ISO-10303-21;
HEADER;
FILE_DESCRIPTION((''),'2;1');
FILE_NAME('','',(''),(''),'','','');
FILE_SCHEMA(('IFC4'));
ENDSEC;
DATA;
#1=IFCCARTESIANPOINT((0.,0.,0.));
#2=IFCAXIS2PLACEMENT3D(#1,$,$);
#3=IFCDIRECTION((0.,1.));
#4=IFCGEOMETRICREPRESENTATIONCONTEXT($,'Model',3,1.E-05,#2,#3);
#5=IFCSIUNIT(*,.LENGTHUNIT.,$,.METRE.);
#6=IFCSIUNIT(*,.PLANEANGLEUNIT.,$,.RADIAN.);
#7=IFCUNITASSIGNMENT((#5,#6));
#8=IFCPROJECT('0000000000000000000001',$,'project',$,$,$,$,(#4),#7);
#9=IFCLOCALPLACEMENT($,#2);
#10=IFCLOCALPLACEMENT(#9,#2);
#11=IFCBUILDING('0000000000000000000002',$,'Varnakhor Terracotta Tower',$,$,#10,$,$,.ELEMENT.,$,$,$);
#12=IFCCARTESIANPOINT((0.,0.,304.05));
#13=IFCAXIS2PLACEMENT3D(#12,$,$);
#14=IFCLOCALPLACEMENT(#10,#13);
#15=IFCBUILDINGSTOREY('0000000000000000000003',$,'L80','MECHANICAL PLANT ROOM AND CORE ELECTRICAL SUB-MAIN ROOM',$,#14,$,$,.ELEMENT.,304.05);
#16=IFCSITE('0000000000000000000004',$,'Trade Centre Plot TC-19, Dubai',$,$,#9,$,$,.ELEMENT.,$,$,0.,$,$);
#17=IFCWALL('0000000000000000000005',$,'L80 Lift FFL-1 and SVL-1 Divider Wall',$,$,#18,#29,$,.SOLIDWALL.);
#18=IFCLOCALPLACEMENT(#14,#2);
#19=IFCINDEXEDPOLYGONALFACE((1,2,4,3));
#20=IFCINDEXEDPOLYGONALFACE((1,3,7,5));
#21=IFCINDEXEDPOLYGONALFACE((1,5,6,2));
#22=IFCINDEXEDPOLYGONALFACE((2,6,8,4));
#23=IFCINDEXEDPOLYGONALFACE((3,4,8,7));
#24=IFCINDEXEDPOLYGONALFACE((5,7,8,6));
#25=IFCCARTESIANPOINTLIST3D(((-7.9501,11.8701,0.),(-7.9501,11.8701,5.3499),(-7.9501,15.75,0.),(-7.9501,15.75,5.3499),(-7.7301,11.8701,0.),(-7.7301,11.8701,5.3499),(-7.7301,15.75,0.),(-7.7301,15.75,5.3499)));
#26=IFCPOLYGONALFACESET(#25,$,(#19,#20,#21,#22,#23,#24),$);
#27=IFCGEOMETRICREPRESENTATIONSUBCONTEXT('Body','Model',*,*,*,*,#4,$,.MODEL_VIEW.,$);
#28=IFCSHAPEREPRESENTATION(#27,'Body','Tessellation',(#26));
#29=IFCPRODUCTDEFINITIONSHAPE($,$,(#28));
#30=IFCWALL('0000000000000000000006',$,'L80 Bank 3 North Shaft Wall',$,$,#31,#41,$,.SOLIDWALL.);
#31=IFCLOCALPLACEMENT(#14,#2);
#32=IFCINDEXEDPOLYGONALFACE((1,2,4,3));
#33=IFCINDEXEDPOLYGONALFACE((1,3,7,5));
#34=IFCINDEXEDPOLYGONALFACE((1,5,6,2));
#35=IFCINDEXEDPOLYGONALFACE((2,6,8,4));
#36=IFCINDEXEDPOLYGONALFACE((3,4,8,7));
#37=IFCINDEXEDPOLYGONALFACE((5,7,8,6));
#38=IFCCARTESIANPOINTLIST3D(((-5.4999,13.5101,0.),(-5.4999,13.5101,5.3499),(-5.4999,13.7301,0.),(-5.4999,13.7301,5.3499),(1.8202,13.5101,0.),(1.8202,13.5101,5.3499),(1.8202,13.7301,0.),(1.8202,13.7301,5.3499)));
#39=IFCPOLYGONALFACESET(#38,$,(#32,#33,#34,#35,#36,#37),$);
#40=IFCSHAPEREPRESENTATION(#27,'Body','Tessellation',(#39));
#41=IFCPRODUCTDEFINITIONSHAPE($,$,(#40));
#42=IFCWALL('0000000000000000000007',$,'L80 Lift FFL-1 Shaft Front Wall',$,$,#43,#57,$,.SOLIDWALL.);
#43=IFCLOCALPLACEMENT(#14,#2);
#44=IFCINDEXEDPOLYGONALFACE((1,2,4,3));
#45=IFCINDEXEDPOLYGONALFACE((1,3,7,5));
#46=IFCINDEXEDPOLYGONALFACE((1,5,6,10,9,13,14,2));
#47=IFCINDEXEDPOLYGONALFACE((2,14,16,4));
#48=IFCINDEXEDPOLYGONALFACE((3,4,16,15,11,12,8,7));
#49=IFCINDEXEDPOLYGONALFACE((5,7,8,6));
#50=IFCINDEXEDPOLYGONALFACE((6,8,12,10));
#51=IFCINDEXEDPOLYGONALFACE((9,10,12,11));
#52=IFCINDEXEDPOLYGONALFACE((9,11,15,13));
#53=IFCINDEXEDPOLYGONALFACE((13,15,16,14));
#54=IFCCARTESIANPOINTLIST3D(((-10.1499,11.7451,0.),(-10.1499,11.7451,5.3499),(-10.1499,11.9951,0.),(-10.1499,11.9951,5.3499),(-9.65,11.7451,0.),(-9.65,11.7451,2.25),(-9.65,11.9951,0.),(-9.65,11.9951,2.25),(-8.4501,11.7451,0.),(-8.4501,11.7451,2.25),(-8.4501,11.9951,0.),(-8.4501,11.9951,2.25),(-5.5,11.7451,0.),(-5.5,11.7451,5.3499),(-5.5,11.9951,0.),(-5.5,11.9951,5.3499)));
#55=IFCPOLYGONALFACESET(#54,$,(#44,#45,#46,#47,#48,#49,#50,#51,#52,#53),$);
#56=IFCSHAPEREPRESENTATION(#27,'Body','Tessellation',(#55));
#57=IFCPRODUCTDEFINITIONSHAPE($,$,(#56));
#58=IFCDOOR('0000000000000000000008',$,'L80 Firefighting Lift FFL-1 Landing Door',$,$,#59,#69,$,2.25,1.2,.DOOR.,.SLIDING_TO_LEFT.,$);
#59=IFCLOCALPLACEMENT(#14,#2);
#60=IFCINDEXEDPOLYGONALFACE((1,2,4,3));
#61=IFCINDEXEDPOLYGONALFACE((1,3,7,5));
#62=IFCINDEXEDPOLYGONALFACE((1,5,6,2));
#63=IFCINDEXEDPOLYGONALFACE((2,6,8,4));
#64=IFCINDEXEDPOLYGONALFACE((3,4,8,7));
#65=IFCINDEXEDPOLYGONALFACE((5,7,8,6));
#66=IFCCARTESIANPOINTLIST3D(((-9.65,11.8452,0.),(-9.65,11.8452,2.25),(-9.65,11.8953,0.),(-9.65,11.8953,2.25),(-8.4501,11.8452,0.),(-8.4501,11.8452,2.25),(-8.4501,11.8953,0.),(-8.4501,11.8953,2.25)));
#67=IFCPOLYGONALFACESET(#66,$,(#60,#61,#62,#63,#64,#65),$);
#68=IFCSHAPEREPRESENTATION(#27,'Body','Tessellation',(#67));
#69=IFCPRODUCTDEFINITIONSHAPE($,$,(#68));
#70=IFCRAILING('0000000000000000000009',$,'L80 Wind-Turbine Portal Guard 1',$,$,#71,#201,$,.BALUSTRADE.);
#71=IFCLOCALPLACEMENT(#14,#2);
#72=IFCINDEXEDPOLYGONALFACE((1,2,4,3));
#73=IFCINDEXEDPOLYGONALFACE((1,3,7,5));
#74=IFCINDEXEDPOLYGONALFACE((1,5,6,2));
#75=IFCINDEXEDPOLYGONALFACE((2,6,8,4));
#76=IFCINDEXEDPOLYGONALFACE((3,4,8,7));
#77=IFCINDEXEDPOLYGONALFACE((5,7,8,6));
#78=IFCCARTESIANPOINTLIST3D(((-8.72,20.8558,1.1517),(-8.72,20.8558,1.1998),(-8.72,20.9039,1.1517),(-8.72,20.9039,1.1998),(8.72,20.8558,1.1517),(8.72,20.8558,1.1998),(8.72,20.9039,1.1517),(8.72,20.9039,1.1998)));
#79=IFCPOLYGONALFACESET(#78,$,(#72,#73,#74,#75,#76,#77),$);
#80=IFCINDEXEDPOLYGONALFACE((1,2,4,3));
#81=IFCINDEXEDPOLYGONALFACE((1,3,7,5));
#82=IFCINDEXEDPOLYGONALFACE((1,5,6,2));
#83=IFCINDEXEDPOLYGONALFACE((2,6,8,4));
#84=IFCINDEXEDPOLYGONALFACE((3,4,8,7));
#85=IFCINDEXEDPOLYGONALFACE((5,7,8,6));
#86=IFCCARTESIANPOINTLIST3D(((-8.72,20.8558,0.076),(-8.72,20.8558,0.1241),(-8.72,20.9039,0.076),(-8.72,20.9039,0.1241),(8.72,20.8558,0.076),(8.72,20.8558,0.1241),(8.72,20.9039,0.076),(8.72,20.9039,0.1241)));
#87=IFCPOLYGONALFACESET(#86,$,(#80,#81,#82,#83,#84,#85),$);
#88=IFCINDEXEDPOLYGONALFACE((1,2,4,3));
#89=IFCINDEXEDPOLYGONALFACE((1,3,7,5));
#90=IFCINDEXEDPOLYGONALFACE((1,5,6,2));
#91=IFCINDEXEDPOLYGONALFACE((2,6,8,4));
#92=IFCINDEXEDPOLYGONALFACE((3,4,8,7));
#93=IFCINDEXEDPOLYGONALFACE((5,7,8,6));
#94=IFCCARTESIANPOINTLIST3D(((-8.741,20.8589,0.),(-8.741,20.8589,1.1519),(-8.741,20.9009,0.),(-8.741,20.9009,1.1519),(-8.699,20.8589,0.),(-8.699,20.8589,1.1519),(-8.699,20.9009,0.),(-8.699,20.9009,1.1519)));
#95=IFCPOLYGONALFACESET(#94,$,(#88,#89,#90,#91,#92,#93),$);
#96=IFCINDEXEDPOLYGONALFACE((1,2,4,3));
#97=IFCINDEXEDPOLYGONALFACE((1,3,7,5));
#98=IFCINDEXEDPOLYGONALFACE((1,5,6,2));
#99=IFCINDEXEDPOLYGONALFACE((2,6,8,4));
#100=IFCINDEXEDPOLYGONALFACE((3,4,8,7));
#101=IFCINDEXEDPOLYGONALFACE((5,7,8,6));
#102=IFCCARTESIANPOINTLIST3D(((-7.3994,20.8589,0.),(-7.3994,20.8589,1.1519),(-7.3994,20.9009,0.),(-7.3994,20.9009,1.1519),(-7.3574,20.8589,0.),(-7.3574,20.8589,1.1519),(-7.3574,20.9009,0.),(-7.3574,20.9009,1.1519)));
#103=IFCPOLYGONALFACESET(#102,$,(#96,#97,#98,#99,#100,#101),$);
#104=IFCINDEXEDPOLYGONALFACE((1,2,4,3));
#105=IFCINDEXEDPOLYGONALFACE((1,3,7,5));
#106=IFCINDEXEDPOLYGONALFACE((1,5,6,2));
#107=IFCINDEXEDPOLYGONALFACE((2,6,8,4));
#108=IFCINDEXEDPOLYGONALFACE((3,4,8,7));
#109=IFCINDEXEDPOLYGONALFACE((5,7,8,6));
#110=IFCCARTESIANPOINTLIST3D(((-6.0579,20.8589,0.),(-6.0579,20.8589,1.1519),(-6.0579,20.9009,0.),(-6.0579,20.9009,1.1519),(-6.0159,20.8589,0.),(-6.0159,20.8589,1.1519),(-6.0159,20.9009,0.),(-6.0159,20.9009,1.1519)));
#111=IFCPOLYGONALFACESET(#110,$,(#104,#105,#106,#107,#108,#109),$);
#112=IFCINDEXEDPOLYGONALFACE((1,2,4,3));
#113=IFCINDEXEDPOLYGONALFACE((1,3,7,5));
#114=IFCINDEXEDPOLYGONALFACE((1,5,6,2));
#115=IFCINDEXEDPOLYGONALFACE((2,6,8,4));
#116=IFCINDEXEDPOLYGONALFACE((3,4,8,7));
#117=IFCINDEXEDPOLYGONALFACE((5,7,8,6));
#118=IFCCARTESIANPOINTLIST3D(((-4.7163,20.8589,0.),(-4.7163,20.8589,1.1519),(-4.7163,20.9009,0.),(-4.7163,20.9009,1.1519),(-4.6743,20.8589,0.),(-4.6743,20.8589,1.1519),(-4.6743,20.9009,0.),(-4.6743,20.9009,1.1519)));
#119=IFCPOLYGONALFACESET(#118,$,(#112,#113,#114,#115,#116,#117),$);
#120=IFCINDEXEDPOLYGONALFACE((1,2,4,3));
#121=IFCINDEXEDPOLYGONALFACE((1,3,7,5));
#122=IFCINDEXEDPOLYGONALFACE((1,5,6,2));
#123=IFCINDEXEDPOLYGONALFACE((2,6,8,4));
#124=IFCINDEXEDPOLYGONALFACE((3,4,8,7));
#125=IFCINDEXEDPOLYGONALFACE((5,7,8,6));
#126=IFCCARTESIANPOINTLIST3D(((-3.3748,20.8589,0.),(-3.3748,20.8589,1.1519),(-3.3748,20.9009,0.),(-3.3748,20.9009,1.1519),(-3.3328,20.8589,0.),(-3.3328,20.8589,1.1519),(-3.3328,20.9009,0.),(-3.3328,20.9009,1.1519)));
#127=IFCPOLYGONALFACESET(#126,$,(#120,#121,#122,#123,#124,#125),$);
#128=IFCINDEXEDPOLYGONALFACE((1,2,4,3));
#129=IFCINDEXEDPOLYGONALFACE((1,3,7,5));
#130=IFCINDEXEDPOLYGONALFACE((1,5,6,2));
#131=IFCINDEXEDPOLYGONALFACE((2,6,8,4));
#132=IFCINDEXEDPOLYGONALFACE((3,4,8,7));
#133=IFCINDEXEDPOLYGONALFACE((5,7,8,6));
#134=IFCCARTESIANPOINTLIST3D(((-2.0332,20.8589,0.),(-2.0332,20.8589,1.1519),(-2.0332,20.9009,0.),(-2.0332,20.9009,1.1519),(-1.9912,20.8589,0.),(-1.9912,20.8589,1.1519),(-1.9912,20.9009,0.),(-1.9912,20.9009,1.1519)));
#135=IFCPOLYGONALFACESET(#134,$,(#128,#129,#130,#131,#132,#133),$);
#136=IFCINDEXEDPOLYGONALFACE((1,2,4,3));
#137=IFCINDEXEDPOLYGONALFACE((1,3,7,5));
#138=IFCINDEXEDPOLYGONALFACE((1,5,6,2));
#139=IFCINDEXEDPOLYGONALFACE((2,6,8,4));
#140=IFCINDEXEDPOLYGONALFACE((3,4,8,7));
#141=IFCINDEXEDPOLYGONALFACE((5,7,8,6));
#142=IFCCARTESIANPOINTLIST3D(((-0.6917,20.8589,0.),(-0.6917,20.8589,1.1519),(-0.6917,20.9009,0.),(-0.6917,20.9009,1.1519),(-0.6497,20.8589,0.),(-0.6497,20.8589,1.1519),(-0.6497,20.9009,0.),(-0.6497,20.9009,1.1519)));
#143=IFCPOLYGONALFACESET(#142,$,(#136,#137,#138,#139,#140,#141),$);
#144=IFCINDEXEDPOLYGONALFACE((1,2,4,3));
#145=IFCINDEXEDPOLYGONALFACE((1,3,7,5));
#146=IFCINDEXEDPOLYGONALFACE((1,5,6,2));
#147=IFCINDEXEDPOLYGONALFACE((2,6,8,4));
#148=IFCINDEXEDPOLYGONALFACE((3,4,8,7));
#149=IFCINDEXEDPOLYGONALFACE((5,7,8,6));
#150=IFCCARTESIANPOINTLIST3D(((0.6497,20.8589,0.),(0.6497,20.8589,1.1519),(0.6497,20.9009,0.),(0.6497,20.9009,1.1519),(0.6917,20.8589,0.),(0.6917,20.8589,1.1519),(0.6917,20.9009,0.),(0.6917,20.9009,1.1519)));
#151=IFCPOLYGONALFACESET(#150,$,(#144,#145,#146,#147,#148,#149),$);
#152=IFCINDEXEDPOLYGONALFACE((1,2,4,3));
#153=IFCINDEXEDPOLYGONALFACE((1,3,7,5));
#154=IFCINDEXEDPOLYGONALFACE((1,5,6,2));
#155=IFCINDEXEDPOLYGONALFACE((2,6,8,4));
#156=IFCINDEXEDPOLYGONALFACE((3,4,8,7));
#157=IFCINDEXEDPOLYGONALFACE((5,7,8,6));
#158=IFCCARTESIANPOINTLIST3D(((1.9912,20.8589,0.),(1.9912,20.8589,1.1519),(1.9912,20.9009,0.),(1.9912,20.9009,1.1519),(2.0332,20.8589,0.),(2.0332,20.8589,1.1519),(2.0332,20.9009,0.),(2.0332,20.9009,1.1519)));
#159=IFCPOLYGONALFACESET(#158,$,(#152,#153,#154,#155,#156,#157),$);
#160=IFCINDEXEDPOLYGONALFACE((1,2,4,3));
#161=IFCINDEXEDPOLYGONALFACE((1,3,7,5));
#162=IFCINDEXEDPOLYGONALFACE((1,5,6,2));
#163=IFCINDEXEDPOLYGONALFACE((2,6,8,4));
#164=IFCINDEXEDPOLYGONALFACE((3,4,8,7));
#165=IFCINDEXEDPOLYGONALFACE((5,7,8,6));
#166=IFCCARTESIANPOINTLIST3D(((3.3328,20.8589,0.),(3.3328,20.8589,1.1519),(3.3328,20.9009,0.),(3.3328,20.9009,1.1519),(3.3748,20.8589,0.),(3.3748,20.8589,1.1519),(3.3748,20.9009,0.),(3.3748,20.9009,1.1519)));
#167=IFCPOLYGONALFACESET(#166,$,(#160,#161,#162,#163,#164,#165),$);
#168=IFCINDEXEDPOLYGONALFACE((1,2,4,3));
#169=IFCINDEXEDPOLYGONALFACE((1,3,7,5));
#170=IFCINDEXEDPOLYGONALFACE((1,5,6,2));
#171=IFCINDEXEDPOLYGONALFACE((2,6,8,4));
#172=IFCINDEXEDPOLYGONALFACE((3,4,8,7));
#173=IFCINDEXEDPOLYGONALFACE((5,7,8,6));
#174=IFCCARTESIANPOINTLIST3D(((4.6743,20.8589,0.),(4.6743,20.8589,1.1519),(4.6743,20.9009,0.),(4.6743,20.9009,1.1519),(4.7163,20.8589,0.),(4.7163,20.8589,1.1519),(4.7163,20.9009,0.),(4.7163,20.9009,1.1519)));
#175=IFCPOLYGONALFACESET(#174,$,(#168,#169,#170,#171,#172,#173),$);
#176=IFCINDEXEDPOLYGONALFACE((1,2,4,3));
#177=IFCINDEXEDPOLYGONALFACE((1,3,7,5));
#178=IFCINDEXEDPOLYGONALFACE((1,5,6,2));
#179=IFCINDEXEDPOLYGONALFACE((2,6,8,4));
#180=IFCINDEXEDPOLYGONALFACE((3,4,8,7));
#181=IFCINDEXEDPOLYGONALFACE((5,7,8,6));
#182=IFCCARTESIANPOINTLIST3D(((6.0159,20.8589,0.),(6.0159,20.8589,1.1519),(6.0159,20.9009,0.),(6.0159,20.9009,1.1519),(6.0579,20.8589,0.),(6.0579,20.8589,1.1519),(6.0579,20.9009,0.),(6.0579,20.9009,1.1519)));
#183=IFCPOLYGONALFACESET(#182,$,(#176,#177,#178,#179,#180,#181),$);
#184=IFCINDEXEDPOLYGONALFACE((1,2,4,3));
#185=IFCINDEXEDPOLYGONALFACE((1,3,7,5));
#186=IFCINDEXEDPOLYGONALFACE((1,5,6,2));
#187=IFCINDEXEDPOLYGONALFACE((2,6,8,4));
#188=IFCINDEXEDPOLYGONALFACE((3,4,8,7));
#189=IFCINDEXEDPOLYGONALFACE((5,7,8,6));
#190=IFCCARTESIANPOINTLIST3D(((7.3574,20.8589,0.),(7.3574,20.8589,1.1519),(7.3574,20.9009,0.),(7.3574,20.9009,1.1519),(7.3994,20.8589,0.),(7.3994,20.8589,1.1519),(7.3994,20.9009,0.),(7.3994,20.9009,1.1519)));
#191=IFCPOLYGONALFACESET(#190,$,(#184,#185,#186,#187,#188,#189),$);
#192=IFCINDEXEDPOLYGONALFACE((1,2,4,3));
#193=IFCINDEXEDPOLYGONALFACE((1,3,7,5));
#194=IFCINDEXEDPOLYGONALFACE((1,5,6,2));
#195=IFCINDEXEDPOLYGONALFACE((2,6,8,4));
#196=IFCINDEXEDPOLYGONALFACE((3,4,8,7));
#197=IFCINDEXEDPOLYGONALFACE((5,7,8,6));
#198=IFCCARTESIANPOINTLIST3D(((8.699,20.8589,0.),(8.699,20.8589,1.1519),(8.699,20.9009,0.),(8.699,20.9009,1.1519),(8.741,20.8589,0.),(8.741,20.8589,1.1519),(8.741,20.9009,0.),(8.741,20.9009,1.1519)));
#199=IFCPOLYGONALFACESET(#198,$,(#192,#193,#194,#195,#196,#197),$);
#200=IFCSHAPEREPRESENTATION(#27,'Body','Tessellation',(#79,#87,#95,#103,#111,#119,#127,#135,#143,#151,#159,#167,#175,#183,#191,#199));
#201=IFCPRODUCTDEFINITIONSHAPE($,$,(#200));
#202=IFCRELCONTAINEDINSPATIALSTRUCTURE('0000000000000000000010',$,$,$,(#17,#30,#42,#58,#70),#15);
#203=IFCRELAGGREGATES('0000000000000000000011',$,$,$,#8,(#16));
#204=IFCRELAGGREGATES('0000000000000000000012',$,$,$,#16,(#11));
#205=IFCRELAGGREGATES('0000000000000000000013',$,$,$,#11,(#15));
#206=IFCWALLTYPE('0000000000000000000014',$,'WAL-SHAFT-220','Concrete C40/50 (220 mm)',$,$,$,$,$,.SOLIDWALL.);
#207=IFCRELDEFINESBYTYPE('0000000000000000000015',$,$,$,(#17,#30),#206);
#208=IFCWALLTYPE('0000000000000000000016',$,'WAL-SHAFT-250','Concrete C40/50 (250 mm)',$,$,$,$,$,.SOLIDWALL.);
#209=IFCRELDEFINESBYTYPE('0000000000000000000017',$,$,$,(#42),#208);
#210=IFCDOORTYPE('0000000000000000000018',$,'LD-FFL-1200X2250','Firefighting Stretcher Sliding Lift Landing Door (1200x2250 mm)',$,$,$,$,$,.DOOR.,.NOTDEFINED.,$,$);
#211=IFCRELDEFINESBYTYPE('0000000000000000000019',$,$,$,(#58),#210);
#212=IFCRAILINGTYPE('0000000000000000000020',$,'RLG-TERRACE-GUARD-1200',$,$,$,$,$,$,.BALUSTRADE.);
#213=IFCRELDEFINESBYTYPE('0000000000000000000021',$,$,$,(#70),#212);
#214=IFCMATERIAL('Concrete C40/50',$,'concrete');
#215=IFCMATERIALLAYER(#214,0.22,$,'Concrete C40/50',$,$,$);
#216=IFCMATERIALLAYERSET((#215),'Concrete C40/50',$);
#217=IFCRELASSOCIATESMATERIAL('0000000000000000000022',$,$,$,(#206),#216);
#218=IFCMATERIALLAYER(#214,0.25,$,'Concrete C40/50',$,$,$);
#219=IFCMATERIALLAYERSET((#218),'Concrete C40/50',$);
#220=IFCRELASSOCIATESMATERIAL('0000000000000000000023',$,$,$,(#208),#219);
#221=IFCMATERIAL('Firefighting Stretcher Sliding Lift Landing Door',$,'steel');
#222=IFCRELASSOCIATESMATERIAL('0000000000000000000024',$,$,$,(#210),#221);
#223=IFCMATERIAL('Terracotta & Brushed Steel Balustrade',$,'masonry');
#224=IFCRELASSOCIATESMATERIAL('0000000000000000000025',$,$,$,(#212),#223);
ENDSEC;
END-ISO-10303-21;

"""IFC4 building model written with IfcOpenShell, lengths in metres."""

from ifc_helpers import new_model, si_unit, direction, frame, frame_2d, origin, origin_2d, place, context, subcontext, project, spatial, rectangle, extrude, source, transform, mapped, material, layer, layer_set, type_object, type_shapes, element, fill, save


model = new_model("IFC4")

# Units and contexts
model_context = context("Model", 3, precision=1e-05, world=origin(), true_north=direction((0.0, 1.0)))
body_context = subcontext(model_context, "Body", "Model", "MODEL_VIEW")
ifc_project = project(units=[si_unit("LENGTHUNIT", "METRE"), si_unit("PLANEANGLEUNIT", "RADIAN")], contexts=[model_context])

# Site, building, storey
site_placement = place(None, origin())
site = spatial("IfcSite", under=ifc_project, at=site_placement, Name="Trade Centre Plot TC-19, Dubai", CompositionType="ELEMENT", RefElevation=0.0)
building_placement = place(site_placement, origin())
building = spatial("IfcBuilding", under=site, at=building_placement, Name="Varnakhor Terracotta Tower", CompositionType="ELEMENT")
storey_placement = place(building_placement, frame((0.0, 0.0, 304.05)))
storey = spatial("IfcBuildingStorey", under=building, at=storey_placement, Name="L80", Description="MECHANICAL PLANT ROOM AND CORE ELECTRICAL SUB-MAIN ROOM", CompositionType="ELEMENT", Elevation=304.05)

# Shared definitions
ifc_material_1 = material(Name="Concrete C40/50", Category="concrete")

# Walls
ifc_layer_1 = layer(ifc_material_1, 0.22, Name="Concrete C40/50")
ifc_layer_set_1 = layer_set([ifc_layer_1], Name="Concrete C40/50")
wall_type_1 = type_object("IfcWallType", Name="WAL-SHAFT-220", Description="Concrete C40/50 (220 mm)", PredefinedType="SOLIDWALL", material=ifc_layer_set_1)
wall_1_placement = place(storey_placement, frame((-7.8401, 11.8701, 0.0), z_axis=(0.0, 0.0, 1.0), x_axis=(0.0, 1.0, 0.0)))
element("IfcWall", 1, at=wall_1_placement, inside=storey, type_object=wall_type_1, Name="L80 Lift FFL-1 and SVL-1 Divider Wall", PredefinedType="SOLIDWALL", context=body_context, shape_type="SweptSolid", body=[
    extrude(rectangle(XDim=3.8799, YDim=0.22, at=frame_2d((1.9399, 0.0))), origin(), (0.0, 0.0, 1.0), 5.3499),
])
wall_2_placement = place(storey_placement, frame((-5.5, 13.6201, 0.0), z_axis=(0.0, 0.0, 1.0), x_axis=(1.0, 0.0, 0.0)))
element("IfcWall", 2, at=wall_2_placement, inside=storey, type_object=wall_type_1, Name="L80 Bank 3 North Shaft Wall", PredefinedType="SOLIDWALL", context=body_context, shape_type="SweptSolid", body=[
    extrude(rectangle(XDim=7.3201, YDim=0.22, at=frame_2d((3.6602, 0.0))), origin(), (0.0, 0.0, 1.0), 5.3499),
])

# Wall, opening, door
ifc_layer_2 = layer(ifc_material_1, 0.25, Name="Concrete C40/50")
ifc_layer_set_2 = layer_set([ifc_layer_2], Name="Concrete C40/50")
wall_type_2 = type_object("IfcWallType", Name="WAL-SHAFT-250", Description="Concrete C40/50 (250 mm)", PredefinedType="SOLIDWALL", material=ifc_layer_set_2)
wall_3_placement = place(storey_placement, frame((-5.5, 11.8701, 0.0), z_axis=(0.0, 0.0, 1.0), x_axis=(-1.0, 0.0, 0.0)))
wall_3 = element("IfcWall", 3, at=wall_3_placement, inside=storey, type_object=wall_type_2, Name="L80 Lift FFL-1 Shaft Front Wall", PredefinedType="SOLIDWALL", context=body_context, shape_type="SweptSolid", body=[
    extrude(rectangle(XDim=4.6499, YDim=0.25, at=frame_2d((2.325, 0.0))), origin(), (0.0, 0.0, 1.0), 5.3499),
])
opening_1_placement = place(wall_3_placement, frame((2.95, 0.0, 0.0)))
opening_1 = element("IfcOpeningElement", 4, at=opening_1_placement, cuts=wall_3, PredefinedType="OPENING", context=body_context, shape_type="SweptSolid", body=[
    extrude(rectangle(XDim=1.2, YDim=2.25, at=frame_2d((0.6001, 1.125))), frame((0.0, 0.135, 0.0), z_axis=(0.0, -1.0, 0.0), x_axis=(1.0, 0.0, 0.0)), (0.0, 0.0, 1.0), 0.27),
])
ifc_material_2 = material(Name="Firefighting Stretcher Sliding Lift Landing Door", Category="steel")
door_type_1 = type_object("IfcDoorType", Name="LD-FFL-1200X2250", Description="Firefighting Stretcher Sliding Lift Landing Door (1200x2250 mm)", OperationType="NOTDEFINED", PredefinedType="DOOR", material=ifc_material_2)
shared_shape_1 = source(origin(), body_context, "Body", "SweptSolid", [
    extrude(rectangle(XDim=1.2, YDim=2.25, at=frame_2d((0.6001, 1.125))), frame((0.0, 0.0249, 0.0), z_axis=(0.0, -1.0, 0.0), x_axis=(1.0, 0.0, 0.0)), (0.0, 0.0, 1.0), 0.05),
])
type_shapes(door_type_1, [shared_shape_1])
door_1_placement = place(opening_1_placement, origin())
door_1 = element("IfcDoor", 5, at=door_1_placement, inside=storey, type_object=door_type_1, Name="L80 Firefighting Lift FFL-1 Landing Door", OperationType="SLIDING_TO_LEFT", OverallHeight=2.25, OverallWidth=1.2, PredefinedType="DOOR", context=body_context, shape_type="MappedRepresentation", body=[
    mapped(shared_shape_1, transform((0.0, 0.0, 0.0), scale=1.0)),
])
fill(opening_1, door_1)

# Railing
ifc_material_3 = material(Name="Terracotta & Brushed Steel Balustrade", Category="masonry")
railing_type = type_object("IfcRailingType", Name="RLG-TERRACE-GUARD-1200", PredefinedType="BALUSTRADE", material=ifc_material_3)
railing_placement = place(storey_placement, frame((-8.72, 20.8799, 0.0)))
element("IfcRailing", 6, at=railing_placement, inside=storey, type_object=railing_type, Name="L80 Wind-Turbine Portal Guard 1", PredefinedType="BALUSTRADE", context=body_context, shape_type="SweptSolid", body=[
    extrude(rectangle(XDim=0.0481, YDim=0.0481, at=origin_2d()), frame((0.0, 0.0, 1.1758), z_axis=(1.0, 0.0, 0.0), x_axis=(0.0, 1.0, 0.0)), (0.0, 0.0, 1.0), 17.4399),
    extrude(rectangle(XDim=0.0481, YDim=0.0481, at=origin_2d()), frame((0.0, 0.0, 0.1001), z_axis=(1.0, 0.0, 0.0), x_axis=(0.0, 1.0, 0.0)), (0.0, 0.0, 1.0), 17.4399),
    extrude(rectangle(XDim=0.042, YDim=0.042, at=origin_2d()), origin(), (0.0, 0.0, 1.0), 1.1519),
    extrude(rectangle(XDim=0.042, YDim=0.042, at=origin_2d()), frame((1.3416, 0.0, 0.0)), (0.0, 0.0, 1.0), 1.1519),
    extrude(rectangle(XDim=0.042, YDim=0.042, at=origin_2d()), frame((2.6831, 0.0, 0.0)), (0.0, 0.0, 1.0), 1.1519),
    extrude(rectangle(XDim=0.042, YDim=0.042, at=origin_2d()), frame((4.0247, 0.0, 0.0)), (0.0, 0.0, 1.0), 1.1519),
    extrude(rectangle(XDim=0.042, YDim=0.042, at=origin_2d()), frame((5.3662, 0.0, 0.0)), (0.0, 0.0, 1.0), 1.1519),
    extrude(rectangle(XDim=0.042, YDim=0.042, at=origin_2d()), frame((6.7078, 0.0, 0.0)), (0.0, 0.0, 1.0), 1.1519),
    extrude(rectangle(XDim=0.042, YDim=0.042, at=origin_2d()), frame((8.0493, 0.0, 0.0)), (0.0, 0.0, 1.0), 1.1519),
    extrude(rectangle(XDim=0.042, YDim=0.042, at=origin_2d()), frame((9.3906, 0.0, 0.0)), (0.0, 0.0, 1.0), 1.1519),
    extrude(rectangle(XDim=0.042, YDim=0.042, at=origin_2d()), frame((10.7322, 0.0, 0.0)), (0.0, 0.0, 1.0), 1.1519),
    extrude(rectangle(XDim=0.042, YDim=0.042, at=origin_2d()), frame((12.0737, 0.0, 0.0)), (0.0, 0.0, 1.0), 1.1519),
    extrude(rectangle(XDim=0.042, YDim=0.042, at=origin_2d()), frame((13.4153, 0.0, 0.0)), (0.0, 0.0, 1.0), 1.1519),
    extrude(rectangle(XDim=0.042, YDim=0.042, at=origin_2d()), frame((14.7568, 0.0, 0.0)), (0.0, 0.0, 1.0), 1.1519),
    extrude(rectangle(XDim=0.042, YDim=0.042, at=origin_2d()), frame((16.0984, 0.0, 0.0)), (0.0, 0.0, 1.0), 1.1519),
    extrude(rectangle(XDim=0.042, YDim=0.042, at=origin_2d()), frame((17.4399, 0.0, 0.0)), (0.0, 0.0, 1.0), 1.1519),
])

save(model, "model.ifc")
